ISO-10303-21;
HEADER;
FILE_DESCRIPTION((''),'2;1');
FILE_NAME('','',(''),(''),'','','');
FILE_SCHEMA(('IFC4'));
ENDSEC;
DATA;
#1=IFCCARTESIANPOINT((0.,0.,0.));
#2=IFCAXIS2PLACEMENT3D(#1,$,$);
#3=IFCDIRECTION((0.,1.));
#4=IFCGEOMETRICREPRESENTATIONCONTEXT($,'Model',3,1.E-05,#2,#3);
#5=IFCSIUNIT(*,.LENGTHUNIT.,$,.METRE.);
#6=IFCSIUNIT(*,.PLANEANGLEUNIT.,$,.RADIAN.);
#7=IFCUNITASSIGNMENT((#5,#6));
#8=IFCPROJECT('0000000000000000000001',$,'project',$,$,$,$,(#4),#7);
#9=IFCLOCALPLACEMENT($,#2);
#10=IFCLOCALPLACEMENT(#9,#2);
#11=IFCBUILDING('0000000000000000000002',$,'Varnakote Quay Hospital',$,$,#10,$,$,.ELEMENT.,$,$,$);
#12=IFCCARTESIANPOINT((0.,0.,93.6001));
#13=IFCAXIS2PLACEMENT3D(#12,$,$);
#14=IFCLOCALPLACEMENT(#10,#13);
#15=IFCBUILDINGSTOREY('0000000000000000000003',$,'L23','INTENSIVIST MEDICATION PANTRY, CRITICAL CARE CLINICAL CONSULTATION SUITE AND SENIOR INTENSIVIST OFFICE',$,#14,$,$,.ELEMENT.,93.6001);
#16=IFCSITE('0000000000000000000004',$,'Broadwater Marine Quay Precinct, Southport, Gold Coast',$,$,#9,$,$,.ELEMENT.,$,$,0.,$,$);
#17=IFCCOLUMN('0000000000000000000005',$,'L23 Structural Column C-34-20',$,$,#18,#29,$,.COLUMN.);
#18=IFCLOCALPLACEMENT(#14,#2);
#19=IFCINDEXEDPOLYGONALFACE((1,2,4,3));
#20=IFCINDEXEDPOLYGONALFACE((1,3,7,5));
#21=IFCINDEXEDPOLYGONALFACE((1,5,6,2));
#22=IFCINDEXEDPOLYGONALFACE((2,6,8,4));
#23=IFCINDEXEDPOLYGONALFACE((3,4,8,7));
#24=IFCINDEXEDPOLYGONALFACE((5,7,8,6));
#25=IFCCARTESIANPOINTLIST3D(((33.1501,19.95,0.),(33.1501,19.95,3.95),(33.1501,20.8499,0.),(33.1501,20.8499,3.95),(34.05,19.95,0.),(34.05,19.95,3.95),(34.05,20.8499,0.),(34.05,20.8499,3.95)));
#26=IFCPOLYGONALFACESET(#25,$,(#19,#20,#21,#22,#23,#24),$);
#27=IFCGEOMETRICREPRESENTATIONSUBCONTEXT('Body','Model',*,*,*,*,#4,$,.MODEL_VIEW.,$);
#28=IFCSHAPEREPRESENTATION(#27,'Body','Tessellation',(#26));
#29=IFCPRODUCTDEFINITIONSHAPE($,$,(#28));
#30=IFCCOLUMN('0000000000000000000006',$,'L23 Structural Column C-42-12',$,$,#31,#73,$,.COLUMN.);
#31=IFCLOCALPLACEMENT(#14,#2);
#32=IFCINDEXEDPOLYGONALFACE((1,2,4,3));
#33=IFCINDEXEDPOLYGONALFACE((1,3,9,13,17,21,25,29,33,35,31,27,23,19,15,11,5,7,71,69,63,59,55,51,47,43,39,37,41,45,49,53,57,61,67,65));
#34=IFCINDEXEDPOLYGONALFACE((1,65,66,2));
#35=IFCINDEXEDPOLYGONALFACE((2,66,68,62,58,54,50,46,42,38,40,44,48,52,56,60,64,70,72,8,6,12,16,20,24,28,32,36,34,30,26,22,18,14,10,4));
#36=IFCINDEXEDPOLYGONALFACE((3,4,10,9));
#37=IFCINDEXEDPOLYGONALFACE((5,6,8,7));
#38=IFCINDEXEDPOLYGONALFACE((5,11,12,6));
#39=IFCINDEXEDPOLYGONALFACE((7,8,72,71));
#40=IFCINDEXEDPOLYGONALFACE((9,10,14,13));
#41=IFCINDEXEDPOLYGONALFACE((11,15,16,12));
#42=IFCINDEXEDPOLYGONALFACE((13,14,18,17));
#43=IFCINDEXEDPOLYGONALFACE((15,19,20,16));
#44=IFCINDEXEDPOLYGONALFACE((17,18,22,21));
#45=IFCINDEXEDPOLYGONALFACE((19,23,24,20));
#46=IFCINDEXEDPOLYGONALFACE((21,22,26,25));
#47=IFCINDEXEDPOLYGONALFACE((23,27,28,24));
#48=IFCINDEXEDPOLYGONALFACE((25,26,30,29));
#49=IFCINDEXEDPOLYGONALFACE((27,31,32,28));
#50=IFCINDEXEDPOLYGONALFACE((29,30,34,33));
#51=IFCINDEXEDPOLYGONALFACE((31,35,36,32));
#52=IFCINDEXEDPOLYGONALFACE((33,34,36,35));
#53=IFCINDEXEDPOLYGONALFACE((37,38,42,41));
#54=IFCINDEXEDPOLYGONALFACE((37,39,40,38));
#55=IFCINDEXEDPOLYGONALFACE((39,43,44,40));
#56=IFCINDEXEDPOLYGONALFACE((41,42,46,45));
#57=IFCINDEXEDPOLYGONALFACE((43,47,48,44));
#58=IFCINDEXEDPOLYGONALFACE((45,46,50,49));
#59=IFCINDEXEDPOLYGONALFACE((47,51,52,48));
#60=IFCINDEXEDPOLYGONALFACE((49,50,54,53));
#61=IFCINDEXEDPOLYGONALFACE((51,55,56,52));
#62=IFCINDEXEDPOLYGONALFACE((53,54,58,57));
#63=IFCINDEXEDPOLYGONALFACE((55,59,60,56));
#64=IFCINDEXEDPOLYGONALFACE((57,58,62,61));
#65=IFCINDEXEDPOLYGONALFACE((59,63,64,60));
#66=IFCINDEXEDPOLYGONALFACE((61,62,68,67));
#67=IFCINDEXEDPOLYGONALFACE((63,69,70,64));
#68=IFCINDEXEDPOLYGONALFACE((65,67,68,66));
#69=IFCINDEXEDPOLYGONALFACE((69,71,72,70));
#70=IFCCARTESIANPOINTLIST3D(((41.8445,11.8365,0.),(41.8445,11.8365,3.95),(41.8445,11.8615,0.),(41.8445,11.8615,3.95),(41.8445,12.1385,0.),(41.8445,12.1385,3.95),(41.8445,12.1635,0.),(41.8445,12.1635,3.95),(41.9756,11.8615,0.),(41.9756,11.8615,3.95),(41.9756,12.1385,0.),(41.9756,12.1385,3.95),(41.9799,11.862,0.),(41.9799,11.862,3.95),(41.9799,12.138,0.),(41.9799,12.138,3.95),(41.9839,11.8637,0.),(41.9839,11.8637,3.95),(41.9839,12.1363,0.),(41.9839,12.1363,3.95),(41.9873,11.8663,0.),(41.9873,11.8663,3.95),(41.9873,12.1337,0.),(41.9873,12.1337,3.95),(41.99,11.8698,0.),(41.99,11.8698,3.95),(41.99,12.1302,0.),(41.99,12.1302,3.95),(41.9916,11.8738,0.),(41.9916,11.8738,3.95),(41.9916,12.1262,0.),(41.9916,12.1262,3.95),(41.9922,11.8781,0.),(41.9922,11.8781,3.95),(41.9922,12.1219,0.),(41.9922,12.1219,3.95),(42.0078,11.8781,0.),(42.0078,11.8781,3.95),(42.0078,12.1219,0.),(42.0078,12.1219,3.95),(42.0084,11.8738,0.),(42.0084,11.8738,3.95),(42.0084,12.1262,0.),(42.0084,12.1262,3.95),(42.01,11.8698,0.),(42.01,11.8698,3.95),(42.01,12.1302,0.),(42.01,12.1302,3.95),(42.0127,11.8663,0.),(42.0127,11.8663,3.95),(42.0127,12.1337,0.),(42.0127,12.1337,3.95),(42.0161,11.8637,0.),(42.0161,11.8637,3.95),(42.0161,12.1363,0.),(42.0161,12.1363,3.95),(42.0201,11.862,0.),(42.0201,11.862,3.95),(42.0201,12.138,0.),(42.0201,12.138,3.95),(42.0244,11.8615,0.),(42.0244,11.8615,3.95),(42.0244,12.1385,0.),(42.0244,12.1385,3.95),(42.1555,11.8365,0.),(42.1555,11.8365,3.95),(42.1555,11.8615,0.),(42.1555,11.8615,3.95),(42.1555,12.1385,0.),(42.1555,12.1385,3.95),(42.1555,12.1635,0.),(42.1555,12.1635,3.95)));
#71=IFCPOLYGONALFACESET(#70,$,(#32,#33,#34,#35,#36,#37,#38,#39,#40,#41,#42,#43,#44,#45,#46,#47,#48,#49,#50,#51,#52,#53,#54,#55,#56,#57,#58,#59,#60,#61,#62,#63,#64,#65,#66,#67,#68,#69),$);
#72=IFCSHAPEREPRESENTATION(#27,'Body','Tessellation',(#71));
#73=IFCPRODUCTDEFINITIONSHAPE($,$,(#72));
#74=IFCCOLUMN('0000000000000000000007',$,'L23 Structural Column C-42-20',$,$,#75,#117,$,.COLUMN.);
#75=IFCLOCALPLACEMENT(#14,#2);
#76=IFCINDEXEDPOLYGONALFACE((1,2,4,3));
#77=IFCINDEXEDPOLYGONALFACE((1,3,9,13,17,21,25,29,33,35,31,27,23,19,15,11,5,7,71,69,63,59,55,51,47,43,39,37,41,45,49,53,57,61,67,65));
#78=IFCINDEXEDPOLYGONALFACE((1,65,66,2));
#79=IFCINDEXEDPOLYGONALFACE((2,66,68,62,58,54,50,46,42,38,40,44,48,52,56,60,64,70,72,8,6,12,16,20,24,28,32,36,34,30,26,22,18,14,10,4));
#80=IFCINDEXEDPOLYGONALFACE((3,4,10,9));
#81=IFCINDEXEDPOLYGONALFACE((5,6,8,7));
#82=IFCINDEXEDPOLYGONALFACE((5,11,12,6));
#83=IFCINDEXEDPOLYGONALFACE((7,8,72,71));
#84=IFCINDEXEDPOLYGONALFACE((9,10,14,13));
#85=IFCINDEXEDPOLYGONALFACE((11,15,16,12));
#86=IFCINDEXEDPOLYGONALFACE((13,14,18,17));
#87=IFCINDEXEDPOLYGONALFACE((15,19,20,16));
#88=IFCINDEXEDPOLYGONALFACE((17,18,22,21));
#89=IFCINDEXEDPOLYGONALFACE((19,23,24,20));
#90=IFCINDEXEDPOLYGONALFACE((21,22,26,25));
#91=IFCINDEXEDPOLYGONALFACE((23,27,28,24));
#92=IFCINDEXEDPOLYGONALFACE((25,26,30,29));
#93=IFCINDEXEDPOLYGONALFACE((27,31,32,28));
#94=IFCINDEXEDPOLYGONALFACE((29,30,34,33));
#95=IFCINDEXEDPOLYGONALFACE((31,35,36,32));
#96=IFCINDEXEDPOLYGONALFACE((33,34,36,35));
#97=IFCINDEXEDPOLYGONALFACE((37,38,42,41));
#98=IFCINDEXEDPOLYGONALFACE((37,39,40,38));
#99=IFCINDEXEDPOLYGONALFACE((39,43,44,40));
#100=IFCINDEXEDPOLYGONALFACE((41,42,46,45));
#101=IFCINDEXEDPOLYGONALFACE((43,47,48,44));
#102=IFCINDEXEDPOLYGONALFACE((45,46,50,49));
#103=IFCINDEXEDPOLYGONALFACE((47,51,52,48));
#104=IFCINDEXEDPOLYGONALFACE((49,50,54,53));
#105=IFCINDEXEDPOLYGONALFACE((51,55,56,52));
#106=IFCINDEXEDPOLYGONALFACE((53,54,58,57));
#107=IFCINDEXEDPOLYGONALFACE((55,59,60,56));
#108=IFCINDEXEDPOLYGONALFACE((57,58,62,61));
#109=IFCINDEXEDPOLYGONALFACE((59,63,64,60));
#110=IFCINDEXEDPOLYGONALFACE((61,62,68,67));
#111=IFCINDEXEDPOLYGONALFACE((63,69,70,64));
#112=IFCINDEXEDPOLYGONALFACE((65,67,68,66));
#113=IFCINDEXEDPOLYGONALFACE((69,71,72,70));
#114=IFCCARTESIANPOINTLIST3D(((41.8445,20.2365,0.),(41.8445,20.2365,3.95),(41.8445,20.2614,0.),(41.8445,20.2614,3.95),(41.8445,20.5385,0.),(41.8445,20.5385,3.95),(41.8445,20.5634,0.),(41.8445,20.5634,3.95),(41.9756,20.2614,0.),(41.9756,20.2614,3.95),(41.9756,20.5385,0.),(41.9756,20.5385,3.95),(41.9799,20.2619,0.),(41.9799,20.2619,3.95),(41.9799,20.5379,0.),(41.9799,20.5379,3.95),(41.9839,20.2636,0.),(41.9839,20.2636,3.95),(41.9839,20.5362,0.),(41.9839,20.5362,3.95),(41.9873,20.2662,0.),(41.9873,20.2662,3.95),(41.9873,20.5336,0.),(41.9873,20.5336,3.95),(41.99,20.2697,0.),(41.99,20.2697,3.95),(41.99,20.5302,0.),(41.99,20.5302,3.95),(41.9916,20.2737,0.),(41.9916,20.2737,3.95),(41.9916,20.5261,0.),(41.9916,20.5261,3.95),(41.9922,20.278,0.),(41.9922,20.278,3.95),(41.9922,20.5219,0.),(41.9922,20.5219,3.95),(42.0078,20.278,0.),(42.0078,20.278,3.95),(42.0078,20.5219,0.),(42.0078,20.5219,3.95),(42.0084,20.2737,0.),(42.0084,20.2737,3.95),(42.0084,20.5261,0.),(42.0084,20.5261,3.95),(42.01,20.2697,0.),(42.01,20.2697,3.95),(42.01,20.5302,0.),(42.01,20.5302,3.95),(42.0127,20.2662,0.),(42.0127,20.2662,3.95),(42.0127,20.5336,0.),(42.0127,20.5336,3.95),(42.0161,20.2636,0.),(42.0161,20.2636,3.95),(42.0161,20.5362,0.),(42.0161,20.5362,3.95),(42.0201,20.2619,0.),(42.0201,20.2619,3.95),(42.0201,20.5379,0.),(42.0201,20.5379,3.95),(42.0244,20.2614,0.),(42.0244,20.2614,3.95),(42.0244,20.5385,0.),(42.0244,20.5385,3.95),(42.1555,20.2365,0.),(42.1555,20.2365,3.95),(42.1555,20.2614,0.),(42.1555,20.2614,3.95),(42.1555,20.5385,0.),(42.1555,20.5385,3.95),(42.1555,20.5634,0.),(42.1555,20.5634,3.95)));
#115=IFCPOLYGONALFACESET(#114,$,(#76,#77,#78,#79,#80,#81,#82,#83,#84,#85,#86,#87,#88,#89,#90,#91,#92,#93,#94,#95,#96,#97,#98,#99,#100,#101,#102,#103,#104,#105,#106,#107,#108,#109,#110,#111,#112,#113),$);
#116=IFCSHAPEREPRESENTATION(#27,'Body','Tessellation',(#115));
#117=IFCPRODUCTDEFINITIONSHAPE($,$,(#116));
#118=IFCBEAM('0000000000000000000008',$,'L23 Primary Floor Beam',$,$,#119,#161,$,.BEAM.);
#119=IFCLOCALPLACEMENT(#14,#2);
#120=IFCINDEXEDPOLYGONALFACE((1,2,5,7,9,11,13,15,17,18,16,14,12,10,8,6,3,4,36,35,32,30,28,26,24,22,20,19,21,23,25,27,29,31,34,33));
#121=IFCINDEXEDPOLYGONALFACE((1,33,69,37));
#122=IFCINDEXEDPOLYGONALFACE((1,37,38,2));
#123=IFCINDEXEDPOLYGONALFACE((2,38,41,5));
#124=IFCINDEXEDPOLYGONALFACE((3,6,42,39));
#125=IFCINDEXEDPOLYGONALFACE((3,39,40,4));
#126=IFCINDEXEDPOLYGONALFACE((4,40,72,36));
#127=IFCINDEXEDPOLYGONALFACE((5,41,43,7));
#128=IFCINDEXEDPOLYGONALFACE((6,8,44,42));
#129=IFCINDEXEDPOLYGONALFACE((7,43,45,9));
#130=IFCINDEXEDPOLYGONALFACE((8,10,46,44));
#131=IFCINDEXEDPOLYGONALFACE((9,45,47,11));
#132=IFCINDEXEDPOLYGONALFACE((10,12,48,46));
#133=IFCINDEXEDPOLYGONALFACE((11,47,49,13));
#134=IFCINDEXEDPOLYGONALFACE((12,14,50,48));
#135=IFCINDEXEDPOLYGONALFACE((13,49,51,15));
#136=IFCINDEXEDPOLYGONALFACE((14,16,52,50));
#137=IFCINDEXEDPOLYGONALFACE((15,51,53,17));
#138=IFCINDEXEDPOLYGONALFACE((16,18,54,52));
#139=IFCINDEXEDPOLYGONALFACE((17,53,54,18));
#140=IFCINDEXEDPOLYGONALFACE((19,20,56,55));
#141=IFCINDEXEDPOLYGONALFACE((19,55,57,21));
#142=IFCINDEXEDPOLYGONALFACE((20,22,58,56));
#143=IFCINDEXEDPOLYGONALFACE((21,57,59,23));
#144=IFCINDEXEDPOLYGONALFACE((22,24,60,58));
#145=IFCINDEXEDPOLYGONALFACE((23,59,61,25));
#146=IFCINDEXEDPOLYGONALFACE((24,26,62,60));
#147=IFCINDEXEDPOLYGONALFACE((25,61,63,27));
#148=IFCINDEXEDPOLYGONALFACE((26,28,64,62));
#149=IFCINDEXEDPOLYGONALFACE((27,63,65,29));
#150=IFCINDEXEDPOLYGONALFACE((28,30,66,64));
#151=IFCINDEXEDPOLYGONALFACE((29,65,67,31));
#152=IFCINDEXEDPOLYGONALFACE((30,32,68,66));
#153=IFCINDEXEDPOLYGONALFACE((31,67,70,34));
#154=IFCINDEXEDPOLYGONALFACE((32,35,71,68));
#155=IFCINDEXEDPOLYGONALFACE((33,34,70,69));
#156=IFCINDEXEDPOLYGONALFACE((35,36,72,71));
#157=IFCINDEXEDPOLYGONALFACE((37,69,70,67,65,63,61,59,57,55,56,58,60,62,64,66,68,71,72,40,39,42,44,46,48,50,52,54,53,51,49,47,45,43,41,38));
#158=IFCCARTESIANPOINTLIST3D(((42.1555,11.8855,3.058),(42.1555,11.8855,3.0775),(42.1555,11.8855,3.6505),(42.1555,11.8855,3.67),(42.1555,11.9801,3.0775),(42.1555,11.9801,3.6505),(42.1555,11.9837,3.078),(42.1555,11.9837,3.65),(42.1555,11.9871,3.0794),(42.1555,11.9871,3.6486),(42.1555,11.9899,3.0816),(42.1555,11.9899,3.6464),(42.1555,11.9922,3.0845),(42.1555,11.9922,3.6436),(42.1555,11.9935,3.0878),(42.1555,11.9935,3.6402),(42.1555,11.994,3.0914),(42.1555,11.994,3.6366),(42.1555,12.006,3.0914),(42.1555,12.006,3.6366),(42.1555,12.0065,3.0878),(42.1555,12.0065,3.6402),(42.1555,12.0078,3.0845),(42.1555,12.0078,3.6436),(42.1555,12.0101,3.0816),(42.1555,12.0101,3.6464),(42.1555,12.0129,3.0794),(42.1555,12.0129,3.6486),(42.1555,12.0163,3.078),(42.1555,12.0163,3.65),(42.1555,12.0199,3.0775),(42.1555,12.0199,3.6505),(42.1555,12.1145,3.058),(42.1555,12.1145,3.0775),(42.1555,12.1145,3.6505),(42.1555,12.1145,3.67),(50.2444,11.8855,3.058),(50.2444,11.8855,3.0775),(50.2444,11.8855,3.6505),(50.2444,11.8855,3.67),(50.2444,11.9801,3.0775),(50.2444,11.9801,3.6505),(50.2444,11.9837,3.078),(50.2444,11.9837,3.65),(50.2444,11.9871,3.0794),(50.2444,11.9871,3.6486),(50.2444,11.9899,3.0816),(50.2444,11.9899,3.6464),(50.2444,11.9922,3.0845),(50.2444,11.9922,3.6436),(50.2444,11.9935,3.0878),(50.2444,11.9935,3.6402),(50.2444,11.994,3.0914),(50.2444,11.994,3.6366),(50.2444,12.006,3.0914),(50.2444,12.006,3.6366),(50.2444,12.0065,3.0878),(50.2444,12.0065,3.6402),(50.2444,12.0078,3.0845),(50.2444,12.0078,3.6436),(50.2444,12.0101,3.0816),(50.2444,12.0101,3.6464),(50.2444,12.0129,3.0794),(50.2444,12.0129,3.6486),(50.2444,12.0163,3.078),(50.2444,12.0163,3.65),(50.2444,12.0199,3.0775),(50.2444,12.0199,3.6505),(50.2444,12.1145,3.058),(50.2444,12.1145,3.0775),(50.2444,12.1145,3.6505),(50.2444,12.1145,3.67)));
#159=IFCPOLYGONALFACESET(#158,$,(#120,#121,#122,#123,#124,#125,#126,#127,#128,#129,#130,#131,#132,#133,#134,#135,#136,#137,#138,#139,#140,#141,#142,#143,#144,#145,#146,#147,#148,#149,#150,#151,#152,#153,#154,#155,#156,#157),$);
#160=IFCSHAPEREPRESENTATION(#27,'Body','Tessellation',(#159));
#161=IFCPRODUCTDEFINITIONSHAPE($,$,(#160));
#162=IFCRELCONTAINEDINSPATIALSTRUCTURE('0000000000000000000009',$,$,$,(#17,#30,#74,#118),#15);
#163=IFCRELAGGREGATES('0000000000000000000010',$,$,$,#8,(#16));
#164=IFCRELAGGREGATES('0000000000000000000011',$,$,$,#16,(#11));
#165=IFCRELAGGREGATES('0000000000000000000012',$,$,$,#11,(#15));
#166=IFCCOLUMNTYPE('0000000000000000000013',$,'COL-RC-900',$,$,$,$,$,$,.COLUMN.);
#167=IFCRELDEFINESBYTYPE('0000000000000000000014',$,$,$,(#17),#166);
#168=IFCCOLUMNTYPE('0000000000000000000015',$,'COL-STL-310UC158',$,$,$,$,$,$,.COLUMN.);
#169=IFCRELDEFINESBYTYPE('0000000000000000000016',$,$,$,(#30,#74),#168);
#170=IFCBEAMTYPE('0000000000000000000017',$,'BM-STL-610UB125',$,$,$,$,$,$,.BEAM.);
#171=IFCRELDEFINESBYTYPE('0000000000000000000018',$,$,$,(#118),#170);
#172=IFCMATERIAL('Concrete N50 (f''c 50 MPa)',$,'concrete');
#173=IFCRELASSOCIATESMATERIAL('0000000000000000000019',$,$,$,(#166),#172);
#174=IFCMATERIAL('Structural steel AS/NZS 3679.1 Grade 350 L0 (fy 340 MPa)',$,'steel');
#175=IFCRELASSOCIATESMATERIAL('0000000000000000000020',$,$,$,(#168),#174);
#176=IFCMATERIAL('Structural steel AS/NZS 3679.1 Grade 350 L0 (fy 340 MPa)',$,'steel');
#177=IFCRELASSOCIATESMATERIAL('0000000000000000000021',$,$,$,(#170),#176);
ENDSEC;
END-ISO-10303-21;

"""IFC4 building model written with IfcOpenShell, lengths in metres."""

from ifc_helpers import new_model, si_unit, direction, frame, origin, origin_2d, place, context, subcontext, project, spatial, rectangle, i_section, extrude, material, material_profile, profile_set, type_object, element, save


model = new_model("IFC4")

# Units and contexts
model_context = context("Model", 3, precision=1e-05, world=origin(), true_north=direction((0.0, 1.0)))
body_context = subcontext(model_context, "Body", "Model", "MODEL_VIEW")
ifc_project = project(units=[si_unit("LENGTHUNIT", "METRE"), si_unit("PLANEANGLEUNIT", "RADIAN")], contexts=[model_context])

# Site, building, storey
site_placement = place(None, origin())
site = spatial("IfcSite", under=ifc_project, at=site_placement, Name="Broadwater Marine Quay Precinct, Southport, Gold Coast", CompositionType="ELEMENT", RefElevation=0.0)
building_placement = place(site_placement, origin())
building = spatial("IfcBuilding", under=site, at=building_placement, Name="Varnakote Quay Hospital", CompositionType="ELEMENT")
storey_placement = place(building_placement, frame((0.0, 0.0, 93.6001)))
storey = spatial("IfcBuildingStorey", under=building, at=storey_placement, Name="L23", Description="INTENSIVIST MEDICATION PANTRY, CRITICAL CARE CLINICAL CONSULTATION SUITE AND SENIOR INTENSIVIST OFFICE", CompositionType="ELEMENT", Elevation=93.6001)

# Columns
ifc_material_1 = material(Name="Concrete N50 (f'c 50 MPa)", Category="concrete")
ifc_material_profile_1 = material_profile(ifc_material_1, rectangle(XDim=0.8999, YDim=0.8999, at=origin_2d()), Name="RC-COL-900x900")
ifc_profile_set_1 = profile_set([ifc_material_profile_1], Name="Concrete N50 (f'c 50 MPa)")
column_type_1 = type_object("IfcColumnType", Name="COL-RC-900", PredefinedType="COLUMN", material=ifc_profile_set_1)
column_placement = place(storey_placement, frame((33.6001, 20.3999, 0.0), z_axis=(0.0, 0.0, 1.0), x_axis=(1.0, 0.0, 0.0)))
element("IfcColumn", 1, at=column_placement, inside=storey, type_object=column_type_1, Name="L23 Structural Column C-34-20", PredefinedType="COLUMN", context=body_context, shape_type="SweptSolid", body=[
    extrude(rectangle(XDim=0.8999, YDim=0.8999, at=origin_2d()), origin(), (0.0, 0.0, 1.0), 3.95),
])
ifc_material_2 = material(Name="Structural steel AS/NZS 3679.1 Grade 350 L0 (fy 340 MPa)", Category="steel")
ifc_material_profile_2 = material_profile(ifc_material_2, i_section(OverallWidth=0.311, OverallDepth=0.3269, WebThickness=0.0156, FlangeThickness=0.0249, FilletRadius=0.0166, at=origin_2d()), Name="310UC158")
ifc_profile_set_2 = profile_set([ifc_material_profile_2], Name="Structural steel AS/NZS 3679.1 Grade 350 L0 (fy 340 MPa)")
column_type_2 = type_object("IfcColumnType", Name="COL-STL-310UC158", PredefinedType="COLUMN", material=ifc_profile_set_2)
for number, where, z_axis, x_axis, name in (
    (2, (42.0, 12.0, 0.0), (0.0, 0.0, 1.0), (1.0, 0.0, 0.0), "L23 Structural Column C-42-12"),
    (3, (42.0, 20.3999, 0.0), (0.0, 0.0, 1.0), (1.0, 0.0, 0.0), "L23 Structural Column C-42-20"),
):
    element("IfcColumn", number, at=place(storey_placement, frame(where, z_axis=z_axis, x_axis=x_axis)), inside=storey, type_object=column_type_2, Name=name, PredefinedType="COLUMN", context=body_context, shape_type="SweptSolid", body=[
        extrude(i_section(OverallWidth=0.311, OverallDepth=0.3269, WebThickness=0.0156, FlangeThickness=0.0249, FilletRadius=0.0166, at=origin_2d()), origin(), (0.0, 0.0, 1.0), 3.95),
    ])

# Beam
ifc_material_3 = material(Name="Structural steel AS/NZS 3679.1 Grade 350 L0 (fy 340 MPa)", Category="steel")
ifc_material_profile_3 = material_profile(ifc_material_3, i_section(OverallWidth=0.229, OverallDepth=0.6121, WebThickness=0.012, FlangeThickness=0.0195, FilletRadius=0.0139, at=origin_2d()), Name="610UB125")
ifc_profile_set_3 = profile_set([ifc_material_profile_3], Name="Structural steel AS/NZS 3679.1 Grade 350 L0 (fy 340 MPa)")
beam_type_1 = type_object("IfcBeamType", Name="BM-STL-610UB125", PredefinedType="BEAM", material=ifc_profile_set_3)
beam_1_placement = place(storey_placement, frame((42.1555, 12.0, 3.364), z_axis=(1.0, 0.0, 0.0), x_axis=(0.0, 1.0, 0.0)))
element("IfcBeam", 4, at=beam_1_placement, inside=storey, type_object=beam_type_1, Name="L23 Primary Floor Beam", PredefinedType="BEAM", context=body_context, shape_type="SweptSolid", body=[
    extrude(i_section(OverallWidth=0.229, OverallDepth=0.6121, WebThickness=0.012, FlangeThickness=0.0195, FilletRadius=0.0139, at=origin_2d()), origin(), (0.0, 0.0, 1.0), 8.0889),
])

save(model, "model.ifc")
